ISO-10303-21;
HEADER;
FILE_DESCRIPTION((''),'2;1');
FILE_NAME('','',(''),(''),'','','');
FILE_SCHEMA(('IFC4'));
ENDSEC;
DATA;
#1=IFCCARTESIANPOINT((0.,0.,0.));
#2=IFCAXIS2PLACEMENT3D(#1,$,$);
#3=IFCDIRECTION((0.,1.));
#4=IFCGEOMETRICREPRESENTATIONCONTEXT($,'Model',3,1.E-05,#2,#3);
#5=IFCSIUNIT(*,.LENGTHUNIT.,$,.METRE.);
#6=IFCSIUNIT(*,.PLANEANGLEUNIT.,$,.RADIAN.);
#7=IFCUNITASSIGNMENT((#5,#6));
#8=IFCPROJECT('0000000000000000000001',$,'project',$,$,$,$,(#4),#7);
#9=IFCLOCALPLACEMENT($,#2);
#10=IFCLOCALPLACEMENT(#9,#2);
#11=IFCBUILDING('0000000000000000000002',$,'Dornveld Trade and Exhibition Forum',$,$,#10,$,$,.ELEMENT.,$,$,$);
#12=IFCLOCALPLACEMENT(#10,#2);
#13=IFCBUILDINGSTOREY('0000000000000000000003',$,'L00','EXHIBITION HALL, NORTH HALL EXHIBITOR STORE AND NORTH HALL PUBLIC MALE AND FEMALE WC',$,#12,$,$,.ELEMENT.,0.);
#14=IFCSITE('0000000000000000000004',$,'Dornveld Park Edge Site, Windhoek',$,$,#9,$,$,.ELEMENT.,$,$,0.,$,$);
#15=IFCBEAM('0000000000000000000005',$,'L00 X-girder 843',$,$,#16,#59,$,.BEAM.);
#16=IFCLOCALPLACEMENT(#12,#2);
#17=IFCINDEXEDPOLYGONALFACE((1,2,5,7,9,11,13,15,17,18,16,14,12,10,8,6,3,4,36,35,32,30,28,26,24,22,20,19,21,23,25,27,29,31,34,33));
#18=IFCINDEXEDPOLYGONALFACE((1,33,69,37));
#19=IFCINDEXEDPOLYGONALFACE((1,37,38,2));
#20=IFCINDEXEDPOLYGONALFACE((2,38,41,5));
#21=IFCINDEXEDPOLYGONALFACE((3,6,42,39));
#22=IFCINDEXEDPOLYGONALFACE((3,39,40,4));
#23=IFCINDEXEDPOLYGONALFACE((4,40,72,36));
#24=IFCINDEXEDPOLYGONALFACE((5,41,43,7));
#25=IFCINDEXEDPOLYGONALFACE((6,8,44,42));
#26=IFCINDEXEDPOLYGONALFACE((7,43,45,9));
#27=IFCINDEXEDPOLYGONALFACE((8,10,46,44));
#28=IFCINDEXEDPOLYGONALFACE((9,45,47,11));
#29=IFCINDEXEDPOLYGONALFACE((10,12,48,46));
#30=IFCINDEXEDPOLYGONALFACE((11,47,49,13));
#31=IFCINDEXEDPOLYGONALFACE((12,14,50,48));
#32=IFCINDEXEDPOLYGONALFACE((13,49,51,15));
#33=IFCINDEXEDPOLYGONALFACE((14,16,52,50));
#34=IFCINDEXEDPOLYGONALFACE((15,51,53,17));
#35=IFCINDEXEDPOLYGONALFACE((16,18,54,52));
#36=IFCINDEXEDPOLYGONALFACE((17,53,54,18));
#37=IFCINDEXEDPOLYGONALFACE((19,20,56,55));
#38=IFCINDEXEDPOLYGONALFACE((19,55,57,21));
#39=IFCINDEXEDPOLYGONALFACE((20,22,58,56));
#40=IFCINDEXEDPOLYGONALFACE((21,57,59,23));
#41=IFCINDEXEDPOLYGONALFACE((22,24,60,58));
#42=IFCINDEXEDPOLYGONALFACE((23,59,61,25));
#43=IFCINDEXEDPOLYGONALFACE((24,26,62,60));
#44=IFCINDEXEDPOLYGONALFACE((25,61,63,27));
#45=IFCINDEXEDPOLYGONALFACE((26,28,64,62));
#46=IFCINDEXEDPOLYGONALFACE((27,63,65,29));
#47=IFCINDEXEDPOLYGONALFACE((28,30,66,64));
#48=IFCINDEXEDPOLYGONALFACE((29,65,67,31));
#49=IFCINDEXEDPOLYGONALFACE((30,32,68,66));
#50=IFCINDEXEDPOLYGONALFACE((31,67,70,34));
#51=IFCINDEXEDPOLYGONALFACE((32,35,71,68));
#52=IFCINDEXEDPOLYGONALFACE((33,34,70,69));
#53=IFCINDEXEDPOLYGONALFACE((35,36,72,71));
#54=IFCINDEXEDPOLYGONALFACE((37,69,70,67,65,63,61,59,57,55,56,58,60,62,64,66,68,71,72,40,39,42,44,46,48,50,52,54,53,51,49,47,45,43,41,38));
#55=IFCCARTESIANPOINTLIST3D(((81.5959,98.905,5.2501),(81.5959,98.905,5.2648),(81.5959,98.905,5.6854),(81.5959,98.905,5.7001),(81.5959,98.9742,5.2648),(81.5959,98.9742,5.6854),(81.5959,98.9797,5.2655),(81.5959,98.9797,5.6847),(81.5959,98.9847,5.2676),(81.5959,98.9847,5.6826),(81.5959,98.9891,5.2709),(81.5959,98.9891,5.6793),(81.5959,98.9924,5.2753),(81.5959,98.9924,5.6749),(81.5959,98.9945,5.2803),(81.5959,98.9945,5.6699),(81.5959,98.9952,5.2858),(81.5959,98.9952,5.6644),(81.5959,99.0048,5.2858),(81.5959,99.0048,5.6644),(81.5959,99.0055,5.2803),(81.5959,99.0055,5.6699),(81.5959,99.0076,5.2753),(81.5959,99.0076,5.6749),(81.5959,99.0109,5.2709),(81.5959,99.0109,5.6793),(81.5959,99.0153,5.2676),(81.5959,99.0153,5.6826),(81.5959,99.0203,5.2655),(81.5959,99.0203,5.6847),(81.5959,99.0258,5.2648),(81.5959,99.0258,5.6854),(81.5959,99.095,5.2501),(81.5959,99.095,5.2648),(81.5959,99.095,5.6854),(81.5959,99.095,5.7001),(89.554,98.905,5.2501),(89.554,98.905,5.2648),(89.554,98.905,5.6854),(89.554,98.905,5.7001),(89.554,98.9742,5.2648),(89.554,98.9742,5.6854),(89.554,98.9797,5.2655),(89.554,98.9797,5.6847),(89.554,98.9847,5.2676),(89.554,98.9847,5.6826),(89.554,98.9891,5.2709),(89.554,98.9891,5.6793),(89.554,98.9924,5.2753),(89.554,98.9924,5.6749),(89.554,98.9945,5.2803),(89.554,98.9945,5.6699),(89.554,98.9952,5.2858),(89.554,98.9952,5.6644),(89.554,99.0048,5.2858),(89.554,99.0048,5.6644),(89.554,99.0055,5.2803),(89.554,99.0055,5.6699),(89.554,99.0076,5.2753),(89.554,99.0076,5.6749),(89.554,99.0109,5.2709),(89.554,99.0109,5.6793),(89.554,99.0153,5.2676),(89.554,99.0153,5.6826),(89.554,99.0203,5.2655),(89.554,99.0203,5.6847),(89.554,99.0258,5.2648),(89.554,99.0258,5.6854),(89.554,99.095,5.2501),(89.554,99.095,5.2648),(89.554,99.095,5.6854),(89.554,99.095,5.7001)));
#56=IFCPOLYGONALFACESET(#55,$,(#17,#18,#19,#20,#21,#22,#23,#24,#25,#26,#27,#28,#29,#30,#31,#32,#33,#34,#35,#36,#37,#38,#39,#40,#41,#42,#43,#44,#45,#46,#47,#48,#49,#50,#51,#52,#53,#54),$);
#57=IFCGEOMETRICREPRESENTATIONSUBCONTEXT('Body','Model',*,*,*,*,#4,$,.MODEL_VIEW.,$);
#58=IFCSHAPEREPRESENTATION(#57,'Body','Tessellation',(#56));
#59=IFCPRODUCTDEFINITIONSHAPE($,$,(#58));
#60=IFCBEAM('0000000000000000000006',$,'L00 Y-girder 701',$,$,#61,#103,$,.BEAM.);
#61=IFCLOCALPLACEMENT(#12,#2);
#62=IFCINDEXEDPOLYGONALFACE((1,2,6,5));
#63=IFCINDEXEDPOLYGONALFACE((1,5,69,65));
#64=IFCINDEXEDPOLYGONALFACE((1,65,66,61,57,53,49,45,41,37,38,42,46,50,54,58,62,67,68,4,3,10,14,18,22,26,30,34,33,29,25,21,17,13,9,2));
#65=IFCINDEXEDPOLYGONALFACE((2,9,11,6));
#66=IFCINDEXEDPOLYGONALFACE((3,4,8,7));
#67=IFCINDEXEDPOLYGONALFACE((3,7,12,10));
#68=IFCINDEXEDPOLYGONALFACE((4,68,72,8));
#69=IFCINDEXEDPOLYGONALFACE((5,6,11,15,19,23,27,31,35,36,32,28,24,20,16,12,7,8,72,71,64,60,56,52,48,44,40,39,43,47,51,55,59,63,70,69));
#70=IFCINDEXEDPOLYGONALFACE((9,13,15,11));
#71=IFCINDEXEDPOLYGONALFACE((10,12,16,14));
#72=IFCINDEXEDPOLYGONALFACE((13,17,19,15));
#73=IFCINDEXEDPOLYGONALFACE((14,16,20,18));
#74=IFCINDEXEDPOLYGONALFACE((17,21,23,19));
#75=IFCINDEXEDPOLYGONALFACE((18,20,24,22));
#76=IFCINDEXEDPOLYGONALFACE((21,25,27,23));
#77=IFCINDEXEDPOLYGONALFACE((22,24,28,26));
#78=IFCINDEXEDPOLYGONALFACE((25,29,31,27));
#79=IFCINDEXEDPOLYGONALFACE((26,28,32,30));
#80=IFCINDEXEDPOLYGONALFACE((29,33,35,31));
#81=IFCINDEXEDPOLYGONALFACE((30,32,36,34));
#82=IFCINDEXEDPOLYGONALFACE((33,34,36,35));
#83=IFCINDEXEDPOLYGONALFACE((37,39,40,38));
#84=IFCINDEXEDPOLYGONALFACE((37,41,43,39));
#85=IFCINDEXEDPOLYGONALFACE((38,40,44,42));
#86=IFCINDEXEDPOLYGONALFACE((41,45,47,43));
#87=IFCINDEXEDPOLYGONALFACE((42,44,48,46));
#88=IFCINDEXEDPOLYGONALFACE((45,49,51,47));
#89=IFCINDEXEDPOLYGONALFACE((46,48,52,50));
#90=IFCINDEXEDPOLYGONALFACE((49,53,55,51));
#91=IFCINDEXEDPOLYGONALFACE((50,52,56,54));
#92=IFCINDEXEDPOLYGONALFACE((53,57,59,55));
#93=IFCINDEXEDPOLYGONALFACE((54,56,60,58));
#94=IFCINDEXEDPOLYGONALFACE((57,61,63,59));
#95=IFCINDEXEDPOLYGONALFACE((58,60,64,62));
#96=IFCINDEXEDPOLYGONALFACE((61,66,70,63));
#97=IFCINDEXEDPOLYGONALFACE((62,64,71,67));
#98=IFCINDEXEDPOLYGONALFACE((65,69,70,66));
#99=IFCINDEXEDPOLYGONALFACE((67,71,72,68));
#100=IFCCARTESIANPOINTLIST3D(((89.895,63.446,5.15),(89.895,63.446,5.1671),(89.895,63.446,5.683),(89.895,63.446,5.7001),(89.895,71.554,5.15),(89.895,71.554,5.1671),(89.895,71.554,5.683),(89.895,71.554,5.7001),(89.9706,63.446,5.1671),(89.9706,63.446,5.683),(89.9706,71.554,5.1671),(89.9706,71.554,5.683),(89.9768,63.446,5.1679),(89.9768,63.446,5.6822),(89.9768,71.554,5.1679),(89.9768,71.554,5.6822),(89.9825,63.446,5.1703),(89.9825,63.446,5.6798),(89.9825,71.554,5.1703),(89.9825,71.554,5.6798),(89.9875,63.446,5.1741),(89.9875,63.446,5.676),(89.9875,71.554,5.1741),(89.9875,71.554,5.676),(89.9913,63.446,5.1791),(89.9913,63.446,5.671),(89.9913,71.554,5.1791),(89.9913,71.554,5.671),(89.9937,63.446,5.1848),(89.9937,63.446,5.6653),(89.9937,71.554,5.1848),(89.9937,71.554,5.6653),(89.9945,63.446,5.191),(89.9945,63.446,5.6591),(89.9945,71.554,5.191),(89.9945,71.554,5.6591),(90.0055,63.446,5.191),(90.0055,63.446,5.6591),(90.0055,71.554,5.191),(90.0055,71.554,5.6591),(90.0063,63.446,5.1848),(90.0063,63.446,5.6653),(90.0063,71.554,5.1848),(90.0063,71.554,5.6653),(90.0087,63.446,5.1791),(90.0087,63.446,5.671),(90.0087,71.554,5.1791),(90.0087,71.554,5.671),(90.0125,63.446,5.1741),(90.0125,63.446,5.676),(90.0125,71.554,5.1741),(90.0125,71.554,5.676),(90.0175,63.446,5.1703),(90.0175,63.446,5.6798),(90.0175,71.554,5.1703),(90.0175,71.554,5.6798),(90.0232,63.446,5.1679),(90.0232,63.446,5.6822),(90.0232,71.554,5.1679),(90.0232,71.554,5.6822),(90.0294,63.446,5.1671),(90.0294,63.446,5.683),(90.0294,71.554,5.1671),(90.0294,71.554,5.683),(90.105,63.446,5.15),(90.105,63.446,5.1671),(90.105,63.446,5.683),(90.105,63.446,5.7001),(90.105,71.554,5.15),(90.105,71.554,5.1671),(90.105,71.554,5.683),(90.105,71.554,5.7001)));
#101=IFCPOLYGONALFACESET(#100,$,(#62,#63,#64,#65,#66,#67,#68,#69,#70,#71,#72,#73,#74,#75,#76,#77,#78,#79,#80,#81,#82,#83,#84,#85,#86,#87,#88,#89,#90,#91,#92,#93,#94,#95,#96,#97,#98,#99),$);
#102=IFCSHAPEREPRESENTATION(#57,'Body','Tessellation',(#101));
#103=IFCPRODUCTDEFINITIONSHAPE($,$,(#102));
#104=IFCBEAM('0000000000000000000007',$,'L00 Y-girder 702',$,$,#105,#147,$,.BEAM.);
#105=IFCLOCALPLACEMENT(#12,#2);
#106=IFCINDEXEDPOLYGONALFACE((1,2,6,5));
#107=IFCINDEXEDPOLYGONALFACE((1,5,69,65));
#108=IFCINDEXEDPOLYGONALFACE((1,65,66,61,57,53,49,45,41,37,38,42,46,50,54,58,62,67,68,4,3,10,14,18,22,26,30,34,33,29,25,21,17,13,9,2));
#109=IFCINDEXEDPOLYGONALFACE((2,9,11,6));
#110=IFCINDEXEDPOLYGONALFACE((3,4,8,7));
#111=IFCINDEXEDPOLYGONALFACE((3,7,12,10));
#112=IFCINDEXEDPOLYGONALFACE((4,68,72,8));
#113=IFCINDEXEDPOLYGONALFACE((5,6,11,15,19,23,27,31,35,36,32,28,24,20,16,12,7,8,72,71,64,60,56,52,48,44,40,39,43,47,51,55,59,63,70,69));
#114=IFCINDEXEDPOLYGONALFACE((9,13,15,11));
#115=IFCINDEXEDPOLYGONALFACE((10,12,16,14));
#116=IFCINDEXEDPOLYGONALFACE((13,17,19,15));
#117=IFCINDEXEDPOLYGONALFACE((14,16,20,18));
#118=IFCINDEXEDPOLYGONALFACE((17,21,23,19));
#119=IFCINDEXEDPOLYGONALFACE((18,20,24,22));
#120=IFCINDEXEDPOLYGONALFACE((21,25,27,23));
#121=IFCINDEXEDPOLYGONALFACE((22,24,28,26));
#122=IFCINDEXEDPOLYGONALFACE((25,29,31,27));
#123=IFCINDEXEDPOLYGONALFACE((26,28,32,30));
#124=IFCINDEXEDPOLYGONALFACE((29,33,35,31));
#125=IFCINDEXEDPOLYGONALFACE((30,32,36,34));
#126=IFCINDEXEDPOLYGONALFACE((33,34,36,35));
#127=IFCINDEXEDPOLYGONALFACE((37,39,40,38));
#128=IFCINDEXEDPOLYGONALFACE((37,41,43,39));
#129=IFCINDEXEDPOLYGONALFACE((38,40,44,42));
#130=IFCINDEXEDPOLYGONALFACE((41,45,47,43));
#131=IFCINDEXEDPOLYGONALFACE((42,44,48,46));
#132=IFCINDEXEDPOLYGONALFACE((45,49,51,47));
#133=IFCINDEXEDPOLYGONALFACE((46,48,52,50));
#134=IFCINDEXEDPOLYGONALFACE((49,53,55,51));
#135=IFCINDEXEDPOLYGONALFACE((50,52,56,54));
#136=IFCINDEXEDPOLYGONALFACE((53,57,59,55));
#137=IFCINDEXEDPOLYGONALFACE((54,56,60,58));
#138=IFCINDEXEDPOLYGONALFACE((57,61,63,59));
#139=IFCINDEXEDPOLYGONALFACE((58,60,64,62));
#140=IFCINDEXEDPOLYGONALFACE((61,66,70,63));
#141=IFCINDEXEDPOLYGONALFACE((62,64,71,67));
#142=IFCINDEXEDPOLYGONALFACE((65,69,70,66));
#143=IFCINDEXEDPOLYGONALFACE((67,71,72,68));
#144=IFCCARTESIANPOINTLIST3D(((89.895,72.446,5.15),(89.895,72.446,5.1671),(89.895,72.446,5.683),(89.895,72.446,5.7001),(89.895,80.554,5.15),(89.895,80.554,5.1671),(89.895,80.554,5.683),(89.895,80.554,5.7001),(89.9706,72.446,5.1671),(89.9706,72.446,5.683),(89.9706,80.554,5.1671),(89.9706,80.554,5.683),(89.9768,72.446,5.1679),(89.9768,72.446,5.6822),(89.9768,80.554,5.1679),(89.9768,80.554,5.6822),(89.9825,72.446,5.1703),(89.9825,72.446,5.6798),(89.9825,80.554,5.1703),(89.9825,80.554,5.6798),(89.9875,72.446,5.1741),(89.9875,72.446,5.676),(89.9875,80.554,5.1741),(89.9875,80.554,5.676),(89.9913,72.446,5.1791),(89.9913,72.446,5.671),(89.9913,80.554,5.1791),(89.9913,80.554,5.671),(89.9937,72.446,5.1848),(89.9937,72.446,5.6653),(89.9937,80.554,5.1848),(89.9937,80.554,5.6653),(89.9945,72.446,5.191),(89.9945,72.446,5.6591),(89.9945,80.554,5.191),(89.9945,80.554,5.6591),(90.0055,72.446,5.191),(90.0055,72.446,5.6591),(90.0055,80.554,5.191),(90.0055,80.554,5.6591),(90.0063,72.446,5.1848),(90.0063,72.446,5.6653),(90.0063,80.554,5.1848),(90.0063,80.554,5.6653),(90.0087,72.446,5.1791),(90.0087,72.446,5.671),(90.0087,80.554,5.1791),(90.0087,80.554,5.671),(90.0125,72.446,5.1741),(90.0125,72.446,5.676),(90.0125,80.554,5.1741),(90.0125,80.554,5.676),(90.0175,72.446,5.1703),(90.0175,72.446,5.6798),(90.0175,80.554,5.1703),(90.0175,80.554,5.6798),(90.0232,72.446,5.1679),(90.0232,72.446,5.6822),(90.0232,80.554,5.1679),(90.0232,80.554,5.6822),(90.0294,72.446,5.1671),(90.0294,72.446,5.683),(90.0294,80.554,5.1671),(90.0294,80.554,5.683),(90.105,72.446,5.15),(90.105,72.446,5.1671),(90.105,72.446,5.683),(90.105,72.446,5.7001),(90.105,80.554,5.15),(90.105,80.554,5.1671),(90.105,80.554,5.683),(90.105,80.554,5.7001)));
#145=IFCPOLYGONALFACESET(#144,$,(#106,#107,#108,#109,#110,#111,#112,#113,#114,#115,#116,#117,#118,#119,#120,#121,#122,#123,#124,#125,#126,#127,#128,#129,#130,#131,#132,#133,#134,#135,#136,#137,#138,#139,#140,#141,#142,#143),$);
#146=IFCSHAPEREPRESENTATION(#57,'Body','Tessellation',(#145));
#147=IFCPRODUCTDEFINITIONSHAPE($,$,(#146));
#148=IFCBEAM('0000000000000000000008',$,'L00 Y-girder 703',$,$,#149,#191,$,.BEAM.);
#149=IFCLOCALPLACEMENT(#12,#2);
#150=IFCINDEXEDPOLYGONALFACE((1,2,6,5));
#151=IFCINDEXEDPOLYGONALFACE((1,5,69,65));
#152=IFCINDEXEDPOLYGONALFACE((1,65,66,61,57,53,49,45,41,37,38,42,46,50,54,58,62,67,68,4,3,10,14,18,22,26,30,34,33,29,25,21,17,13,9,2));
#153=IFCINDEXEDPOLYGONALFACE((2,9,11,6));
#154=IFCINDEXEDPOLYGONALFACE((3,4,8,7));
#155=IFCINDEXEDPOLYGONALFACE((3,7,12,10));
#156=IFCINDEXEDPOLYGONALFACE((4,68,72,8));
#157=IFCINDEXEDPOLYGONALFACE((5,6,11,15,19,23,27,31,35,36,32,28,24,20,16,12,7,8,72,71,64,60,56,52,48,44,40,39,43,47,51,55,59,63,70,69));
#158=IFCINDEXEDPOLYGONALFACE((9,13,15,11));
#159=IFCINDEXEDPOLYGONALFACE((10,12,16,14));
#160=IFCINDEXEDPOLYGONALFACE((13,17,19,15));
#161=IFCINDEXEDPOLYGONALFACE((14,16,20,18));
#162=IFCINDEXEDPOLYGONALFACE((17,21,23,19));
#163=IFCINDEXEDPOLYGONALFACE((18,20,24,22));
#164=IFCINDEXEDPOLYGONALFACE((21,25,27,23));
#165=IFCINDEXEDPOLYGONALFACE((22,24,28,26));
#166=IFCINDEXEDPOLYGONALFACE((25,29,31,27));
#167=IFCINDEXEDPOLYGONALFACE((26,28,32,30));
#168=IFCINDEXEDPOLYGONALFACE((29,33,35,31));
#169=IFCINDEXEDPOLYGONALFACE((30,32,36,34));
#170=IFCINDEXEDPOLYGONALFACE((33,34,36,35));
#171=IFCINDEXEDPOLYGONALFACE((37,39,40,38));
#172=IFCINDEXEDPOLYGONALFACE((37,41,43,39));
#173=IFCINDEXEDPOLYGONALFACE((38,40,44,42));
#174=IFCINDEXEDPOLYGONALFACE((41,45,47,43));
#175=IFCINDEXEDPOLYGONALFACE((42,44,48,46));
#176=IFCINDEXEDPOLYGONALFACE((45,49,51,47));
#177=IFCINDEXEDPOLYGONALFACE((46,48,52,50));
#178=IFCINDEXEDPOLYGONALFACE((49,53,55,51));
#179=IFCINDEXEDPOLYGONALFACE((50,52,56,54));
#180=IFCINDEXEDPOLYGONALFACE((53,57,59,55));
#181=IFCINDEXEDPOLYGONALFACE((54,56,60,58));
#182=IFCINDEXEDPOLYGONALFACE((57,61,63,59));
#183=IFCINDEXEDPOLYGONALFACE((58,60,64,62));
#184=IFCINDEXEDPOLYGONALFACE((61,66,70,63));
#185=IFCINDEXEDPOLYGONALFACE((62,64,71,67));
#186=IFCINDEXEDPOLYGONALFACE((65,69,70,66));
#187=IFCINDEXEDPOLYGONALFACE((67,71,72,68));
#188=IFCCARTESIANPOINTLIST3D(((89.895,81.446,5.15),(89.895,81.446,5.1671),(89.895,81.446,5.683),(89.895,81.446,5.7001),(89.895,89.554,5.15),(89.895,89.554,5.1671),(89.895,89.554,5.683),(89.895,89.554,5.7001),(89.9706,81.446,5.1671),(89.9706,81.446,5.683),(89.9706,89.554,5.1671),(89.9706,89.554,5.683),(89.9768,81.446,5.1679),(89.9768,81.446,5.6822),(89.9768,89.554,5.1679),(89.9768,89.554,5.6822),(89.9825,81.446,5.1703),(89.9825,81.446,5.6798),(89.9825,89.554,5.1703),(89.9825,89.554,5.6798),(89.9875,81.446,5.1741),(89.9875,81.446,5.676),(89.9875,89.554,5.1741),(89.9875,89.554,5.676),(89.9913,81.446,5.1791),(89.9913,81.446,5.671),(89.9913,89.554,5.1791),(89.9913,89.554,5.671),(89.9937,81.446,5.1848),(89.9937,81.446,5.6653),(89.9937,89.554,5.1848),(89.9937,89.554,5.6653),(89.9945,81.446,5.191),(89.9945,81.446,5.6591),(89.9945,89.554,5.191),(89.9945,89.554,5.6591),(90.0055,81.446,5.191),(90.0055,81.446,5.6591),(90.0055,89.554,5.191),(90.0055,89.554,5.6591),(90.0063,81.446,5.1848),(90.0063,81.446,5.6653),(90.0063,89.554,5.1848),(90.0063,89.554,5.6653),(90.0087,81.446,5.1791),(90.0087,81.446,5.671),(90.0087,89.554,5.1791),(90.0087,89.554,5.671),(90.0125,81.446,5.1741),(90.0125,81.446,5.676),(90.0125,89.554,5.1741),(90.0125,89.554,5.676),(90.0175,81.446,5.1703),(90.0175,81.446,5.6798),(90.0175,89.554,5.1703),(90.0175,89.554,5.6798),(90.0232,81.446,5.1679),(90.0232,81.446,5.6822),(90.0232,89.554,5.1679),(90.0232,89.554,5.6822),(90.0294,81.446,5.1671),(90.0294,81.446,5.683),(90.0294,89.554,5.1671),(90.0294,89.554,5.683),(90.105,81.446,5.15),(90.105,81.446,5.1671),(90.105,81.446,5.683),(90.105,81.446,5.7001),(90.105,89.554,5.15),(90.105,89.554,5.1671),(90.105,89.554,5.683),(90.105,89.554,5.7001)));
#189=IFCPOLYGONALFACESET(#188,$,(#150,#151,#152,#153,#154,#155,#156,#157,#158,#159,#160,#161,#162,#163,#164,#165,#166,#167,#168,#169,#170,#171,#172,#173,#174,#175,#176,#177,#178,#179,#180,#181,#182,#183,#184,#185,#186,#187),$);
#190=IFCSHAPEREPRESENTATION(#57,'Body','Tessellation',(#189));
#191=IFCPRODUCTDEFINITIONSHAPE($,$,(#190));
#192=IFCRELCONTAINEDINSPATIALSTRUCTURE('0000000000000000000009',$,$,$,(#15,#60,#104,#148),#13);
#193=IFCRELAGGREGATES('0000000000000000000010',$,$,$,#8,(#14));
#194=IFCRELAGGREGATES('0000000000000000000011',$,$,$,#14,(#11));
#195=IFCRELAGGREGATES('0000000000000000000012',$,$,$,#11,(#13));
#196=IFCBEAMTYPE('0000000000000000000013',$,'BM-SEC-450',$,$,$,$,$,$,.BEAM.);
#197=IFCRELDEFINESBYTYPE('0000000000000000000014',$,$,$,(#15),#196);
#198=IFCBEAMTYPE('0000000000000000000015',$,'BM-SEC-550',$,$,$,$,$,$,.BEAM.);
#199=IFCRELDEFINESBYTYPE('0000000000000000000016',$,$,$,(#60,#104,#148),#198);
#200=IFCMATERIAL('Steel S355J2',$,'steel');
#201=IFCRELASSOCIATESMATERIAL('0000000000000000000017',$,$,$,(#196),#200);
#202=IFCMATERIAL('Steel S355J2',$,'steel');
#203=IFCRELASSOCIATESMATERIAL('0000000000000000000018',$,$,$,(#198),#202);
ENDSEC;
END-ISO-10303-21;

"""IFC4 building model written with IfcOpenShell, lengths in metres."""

from ifc_helpers import new_model, si_unit, direction, frame, origin, origin_2d, place, context, subcontext, project, spatial, i_section, extrude, material, material_profile, profile_set, type_object, element, save


model = new_model("IFC4")

# Units and contexts
model_context = context("Model", 3, precision=1e-05, world=origin(), true_north=direction((0.0, 1.0)))
body_context = subcontext(model_context, "Body", "Model", "MODEL_VIEW")
ifc_project = project(units=[si_unit("LENGTHUNIT", "METRE"), si_unit("PLANEANGLEUNIT", "RADIAN")], contexts=[model_context])

# Site, building, storey
site_placement = place(None, origin())
site = spatial("IfcSite", under=ifc_project, at=site_placement, Name="Dornveld Park Edge Site, Windhoek", CompositionType="ELEMENT", RefElevation=0.0)
building_placement = place(site_placement, origin())
building = spatial("IfcBuilding", under=site, at=building_placement, Name="Dornveld Trade and Exhibition Forum", CompositionType="ELEMENT")
storey_placement = place(building_placement, origin())
storey = spatial("IfcBuildingStorey", under=building, at=storey_placement, Name="L00", Description="EXHIBITION HALL, NORTH HALL EXHIBITOR STORE AND NORTH HALL PUBLIC MALE AND FEMALE WC", CompositionType="ELEMENT", Elevation=0.0)

# Beams
ifc_material_1 = material(Name="Steel S355J2", Category="steel")
ifc_material_profile_1 = material_profile(ifc_material_1, i_section(OverallWidth=0.1899, OverallDepth=0.45, WebThickness=0.0095, FlangeThickness=0.0146, FilletRadius=0.021, at=origin_2d()), Name="IPE 450")
ifc_profile_set_1 = profile_set([ifc_material_profile_1], Name="Steel S355J2")
beam_type_1 = type_object("IfcBeamType", Name="BM-SEC-450", PredefinedType="BEAM", material=ifc_profile_set_1)
for number, where, z_axis, x_axis, name in (
    (1, (81.5959, 99.0, 5.4751), (1.0, 0.0, 0.0), (0.0, 1.0, 0.0), "L00 X-girder 843"),
):
    element("IfcBeam", number, at=place(storey_placement, frame(where, z_axis=z_axis, x_axis=x_axis)), inside=storey, type_object=beam_type_1, Name=name, PredefinedType="BEAM", context=body_context, shape_type="SweptSolid", body=[
        extrude(i_section(OverallWidth=0.1899, OverallDepth=0.45, WebThickness=0.0095, FlangeThickness=0.0146, FilletRadius=0.021, at=origin_2d()), origin(), (0.0, 0.0, 1.0), 7.958),
    ])
ifc_material_2 = material(Name="Steel S355J2", Category="steel")
ifc_material_profile_2 = material_profile(ifc_material_2, i_section(OverallWidth=0.21, OverallDepth=0.55, WebThickness=0.011, FlangeThickness=0.0171, FilletRadius=0.0239, at=origin_2d()), Name="IPE 550")
ifc_profile_set_2 = profile_set([ifc_material_profile_2], Name="Steel S355J2")
beam_type_2 = type_object("IfcBeamType", Name="BM-SEC-550", PredefinedType="BEAM", material=ifc_profile_set_2)
for number, where, z_axis, x_axis, name in (
    (2, (90.0, 63.446, 5.425), (0.0, 1.0, 0.0), (-1.0, 0.0, 0.0), "L00 Y-girder 701"),
    (3, (90.0, 72.446, 5.425), (0.0, 1.0, 0.0), (-1.0, 0.0, 0.0), "L00 Y-girder 702"),
    (4, (90.0, 81.446, 5.425), (0.0, 1.0, 0.0), (-1.0, 0.0, 0.0), "L00 Y-girder 703"),
):
    element("IfcBeam", number, at=place(storey_placement, frame(where, z_axis=z_axis, x_axis=x_axis)), inside=storey, type_object=beam_type_2, Name=name, PredefinedType="BEAM", context=body_context, shape_type="SweptSolid", body=[
        extrude(i_section(OverallWidth=0.21, OverallDepth=0.55, WebThickness=0.011, FlangeThickness=0.0171, FilletRadius=0.0239, at=origin_2d()), origin(), (0.0, 0.0, 1.0), 8.1079),
    ])

save(model, "model.ifc")
